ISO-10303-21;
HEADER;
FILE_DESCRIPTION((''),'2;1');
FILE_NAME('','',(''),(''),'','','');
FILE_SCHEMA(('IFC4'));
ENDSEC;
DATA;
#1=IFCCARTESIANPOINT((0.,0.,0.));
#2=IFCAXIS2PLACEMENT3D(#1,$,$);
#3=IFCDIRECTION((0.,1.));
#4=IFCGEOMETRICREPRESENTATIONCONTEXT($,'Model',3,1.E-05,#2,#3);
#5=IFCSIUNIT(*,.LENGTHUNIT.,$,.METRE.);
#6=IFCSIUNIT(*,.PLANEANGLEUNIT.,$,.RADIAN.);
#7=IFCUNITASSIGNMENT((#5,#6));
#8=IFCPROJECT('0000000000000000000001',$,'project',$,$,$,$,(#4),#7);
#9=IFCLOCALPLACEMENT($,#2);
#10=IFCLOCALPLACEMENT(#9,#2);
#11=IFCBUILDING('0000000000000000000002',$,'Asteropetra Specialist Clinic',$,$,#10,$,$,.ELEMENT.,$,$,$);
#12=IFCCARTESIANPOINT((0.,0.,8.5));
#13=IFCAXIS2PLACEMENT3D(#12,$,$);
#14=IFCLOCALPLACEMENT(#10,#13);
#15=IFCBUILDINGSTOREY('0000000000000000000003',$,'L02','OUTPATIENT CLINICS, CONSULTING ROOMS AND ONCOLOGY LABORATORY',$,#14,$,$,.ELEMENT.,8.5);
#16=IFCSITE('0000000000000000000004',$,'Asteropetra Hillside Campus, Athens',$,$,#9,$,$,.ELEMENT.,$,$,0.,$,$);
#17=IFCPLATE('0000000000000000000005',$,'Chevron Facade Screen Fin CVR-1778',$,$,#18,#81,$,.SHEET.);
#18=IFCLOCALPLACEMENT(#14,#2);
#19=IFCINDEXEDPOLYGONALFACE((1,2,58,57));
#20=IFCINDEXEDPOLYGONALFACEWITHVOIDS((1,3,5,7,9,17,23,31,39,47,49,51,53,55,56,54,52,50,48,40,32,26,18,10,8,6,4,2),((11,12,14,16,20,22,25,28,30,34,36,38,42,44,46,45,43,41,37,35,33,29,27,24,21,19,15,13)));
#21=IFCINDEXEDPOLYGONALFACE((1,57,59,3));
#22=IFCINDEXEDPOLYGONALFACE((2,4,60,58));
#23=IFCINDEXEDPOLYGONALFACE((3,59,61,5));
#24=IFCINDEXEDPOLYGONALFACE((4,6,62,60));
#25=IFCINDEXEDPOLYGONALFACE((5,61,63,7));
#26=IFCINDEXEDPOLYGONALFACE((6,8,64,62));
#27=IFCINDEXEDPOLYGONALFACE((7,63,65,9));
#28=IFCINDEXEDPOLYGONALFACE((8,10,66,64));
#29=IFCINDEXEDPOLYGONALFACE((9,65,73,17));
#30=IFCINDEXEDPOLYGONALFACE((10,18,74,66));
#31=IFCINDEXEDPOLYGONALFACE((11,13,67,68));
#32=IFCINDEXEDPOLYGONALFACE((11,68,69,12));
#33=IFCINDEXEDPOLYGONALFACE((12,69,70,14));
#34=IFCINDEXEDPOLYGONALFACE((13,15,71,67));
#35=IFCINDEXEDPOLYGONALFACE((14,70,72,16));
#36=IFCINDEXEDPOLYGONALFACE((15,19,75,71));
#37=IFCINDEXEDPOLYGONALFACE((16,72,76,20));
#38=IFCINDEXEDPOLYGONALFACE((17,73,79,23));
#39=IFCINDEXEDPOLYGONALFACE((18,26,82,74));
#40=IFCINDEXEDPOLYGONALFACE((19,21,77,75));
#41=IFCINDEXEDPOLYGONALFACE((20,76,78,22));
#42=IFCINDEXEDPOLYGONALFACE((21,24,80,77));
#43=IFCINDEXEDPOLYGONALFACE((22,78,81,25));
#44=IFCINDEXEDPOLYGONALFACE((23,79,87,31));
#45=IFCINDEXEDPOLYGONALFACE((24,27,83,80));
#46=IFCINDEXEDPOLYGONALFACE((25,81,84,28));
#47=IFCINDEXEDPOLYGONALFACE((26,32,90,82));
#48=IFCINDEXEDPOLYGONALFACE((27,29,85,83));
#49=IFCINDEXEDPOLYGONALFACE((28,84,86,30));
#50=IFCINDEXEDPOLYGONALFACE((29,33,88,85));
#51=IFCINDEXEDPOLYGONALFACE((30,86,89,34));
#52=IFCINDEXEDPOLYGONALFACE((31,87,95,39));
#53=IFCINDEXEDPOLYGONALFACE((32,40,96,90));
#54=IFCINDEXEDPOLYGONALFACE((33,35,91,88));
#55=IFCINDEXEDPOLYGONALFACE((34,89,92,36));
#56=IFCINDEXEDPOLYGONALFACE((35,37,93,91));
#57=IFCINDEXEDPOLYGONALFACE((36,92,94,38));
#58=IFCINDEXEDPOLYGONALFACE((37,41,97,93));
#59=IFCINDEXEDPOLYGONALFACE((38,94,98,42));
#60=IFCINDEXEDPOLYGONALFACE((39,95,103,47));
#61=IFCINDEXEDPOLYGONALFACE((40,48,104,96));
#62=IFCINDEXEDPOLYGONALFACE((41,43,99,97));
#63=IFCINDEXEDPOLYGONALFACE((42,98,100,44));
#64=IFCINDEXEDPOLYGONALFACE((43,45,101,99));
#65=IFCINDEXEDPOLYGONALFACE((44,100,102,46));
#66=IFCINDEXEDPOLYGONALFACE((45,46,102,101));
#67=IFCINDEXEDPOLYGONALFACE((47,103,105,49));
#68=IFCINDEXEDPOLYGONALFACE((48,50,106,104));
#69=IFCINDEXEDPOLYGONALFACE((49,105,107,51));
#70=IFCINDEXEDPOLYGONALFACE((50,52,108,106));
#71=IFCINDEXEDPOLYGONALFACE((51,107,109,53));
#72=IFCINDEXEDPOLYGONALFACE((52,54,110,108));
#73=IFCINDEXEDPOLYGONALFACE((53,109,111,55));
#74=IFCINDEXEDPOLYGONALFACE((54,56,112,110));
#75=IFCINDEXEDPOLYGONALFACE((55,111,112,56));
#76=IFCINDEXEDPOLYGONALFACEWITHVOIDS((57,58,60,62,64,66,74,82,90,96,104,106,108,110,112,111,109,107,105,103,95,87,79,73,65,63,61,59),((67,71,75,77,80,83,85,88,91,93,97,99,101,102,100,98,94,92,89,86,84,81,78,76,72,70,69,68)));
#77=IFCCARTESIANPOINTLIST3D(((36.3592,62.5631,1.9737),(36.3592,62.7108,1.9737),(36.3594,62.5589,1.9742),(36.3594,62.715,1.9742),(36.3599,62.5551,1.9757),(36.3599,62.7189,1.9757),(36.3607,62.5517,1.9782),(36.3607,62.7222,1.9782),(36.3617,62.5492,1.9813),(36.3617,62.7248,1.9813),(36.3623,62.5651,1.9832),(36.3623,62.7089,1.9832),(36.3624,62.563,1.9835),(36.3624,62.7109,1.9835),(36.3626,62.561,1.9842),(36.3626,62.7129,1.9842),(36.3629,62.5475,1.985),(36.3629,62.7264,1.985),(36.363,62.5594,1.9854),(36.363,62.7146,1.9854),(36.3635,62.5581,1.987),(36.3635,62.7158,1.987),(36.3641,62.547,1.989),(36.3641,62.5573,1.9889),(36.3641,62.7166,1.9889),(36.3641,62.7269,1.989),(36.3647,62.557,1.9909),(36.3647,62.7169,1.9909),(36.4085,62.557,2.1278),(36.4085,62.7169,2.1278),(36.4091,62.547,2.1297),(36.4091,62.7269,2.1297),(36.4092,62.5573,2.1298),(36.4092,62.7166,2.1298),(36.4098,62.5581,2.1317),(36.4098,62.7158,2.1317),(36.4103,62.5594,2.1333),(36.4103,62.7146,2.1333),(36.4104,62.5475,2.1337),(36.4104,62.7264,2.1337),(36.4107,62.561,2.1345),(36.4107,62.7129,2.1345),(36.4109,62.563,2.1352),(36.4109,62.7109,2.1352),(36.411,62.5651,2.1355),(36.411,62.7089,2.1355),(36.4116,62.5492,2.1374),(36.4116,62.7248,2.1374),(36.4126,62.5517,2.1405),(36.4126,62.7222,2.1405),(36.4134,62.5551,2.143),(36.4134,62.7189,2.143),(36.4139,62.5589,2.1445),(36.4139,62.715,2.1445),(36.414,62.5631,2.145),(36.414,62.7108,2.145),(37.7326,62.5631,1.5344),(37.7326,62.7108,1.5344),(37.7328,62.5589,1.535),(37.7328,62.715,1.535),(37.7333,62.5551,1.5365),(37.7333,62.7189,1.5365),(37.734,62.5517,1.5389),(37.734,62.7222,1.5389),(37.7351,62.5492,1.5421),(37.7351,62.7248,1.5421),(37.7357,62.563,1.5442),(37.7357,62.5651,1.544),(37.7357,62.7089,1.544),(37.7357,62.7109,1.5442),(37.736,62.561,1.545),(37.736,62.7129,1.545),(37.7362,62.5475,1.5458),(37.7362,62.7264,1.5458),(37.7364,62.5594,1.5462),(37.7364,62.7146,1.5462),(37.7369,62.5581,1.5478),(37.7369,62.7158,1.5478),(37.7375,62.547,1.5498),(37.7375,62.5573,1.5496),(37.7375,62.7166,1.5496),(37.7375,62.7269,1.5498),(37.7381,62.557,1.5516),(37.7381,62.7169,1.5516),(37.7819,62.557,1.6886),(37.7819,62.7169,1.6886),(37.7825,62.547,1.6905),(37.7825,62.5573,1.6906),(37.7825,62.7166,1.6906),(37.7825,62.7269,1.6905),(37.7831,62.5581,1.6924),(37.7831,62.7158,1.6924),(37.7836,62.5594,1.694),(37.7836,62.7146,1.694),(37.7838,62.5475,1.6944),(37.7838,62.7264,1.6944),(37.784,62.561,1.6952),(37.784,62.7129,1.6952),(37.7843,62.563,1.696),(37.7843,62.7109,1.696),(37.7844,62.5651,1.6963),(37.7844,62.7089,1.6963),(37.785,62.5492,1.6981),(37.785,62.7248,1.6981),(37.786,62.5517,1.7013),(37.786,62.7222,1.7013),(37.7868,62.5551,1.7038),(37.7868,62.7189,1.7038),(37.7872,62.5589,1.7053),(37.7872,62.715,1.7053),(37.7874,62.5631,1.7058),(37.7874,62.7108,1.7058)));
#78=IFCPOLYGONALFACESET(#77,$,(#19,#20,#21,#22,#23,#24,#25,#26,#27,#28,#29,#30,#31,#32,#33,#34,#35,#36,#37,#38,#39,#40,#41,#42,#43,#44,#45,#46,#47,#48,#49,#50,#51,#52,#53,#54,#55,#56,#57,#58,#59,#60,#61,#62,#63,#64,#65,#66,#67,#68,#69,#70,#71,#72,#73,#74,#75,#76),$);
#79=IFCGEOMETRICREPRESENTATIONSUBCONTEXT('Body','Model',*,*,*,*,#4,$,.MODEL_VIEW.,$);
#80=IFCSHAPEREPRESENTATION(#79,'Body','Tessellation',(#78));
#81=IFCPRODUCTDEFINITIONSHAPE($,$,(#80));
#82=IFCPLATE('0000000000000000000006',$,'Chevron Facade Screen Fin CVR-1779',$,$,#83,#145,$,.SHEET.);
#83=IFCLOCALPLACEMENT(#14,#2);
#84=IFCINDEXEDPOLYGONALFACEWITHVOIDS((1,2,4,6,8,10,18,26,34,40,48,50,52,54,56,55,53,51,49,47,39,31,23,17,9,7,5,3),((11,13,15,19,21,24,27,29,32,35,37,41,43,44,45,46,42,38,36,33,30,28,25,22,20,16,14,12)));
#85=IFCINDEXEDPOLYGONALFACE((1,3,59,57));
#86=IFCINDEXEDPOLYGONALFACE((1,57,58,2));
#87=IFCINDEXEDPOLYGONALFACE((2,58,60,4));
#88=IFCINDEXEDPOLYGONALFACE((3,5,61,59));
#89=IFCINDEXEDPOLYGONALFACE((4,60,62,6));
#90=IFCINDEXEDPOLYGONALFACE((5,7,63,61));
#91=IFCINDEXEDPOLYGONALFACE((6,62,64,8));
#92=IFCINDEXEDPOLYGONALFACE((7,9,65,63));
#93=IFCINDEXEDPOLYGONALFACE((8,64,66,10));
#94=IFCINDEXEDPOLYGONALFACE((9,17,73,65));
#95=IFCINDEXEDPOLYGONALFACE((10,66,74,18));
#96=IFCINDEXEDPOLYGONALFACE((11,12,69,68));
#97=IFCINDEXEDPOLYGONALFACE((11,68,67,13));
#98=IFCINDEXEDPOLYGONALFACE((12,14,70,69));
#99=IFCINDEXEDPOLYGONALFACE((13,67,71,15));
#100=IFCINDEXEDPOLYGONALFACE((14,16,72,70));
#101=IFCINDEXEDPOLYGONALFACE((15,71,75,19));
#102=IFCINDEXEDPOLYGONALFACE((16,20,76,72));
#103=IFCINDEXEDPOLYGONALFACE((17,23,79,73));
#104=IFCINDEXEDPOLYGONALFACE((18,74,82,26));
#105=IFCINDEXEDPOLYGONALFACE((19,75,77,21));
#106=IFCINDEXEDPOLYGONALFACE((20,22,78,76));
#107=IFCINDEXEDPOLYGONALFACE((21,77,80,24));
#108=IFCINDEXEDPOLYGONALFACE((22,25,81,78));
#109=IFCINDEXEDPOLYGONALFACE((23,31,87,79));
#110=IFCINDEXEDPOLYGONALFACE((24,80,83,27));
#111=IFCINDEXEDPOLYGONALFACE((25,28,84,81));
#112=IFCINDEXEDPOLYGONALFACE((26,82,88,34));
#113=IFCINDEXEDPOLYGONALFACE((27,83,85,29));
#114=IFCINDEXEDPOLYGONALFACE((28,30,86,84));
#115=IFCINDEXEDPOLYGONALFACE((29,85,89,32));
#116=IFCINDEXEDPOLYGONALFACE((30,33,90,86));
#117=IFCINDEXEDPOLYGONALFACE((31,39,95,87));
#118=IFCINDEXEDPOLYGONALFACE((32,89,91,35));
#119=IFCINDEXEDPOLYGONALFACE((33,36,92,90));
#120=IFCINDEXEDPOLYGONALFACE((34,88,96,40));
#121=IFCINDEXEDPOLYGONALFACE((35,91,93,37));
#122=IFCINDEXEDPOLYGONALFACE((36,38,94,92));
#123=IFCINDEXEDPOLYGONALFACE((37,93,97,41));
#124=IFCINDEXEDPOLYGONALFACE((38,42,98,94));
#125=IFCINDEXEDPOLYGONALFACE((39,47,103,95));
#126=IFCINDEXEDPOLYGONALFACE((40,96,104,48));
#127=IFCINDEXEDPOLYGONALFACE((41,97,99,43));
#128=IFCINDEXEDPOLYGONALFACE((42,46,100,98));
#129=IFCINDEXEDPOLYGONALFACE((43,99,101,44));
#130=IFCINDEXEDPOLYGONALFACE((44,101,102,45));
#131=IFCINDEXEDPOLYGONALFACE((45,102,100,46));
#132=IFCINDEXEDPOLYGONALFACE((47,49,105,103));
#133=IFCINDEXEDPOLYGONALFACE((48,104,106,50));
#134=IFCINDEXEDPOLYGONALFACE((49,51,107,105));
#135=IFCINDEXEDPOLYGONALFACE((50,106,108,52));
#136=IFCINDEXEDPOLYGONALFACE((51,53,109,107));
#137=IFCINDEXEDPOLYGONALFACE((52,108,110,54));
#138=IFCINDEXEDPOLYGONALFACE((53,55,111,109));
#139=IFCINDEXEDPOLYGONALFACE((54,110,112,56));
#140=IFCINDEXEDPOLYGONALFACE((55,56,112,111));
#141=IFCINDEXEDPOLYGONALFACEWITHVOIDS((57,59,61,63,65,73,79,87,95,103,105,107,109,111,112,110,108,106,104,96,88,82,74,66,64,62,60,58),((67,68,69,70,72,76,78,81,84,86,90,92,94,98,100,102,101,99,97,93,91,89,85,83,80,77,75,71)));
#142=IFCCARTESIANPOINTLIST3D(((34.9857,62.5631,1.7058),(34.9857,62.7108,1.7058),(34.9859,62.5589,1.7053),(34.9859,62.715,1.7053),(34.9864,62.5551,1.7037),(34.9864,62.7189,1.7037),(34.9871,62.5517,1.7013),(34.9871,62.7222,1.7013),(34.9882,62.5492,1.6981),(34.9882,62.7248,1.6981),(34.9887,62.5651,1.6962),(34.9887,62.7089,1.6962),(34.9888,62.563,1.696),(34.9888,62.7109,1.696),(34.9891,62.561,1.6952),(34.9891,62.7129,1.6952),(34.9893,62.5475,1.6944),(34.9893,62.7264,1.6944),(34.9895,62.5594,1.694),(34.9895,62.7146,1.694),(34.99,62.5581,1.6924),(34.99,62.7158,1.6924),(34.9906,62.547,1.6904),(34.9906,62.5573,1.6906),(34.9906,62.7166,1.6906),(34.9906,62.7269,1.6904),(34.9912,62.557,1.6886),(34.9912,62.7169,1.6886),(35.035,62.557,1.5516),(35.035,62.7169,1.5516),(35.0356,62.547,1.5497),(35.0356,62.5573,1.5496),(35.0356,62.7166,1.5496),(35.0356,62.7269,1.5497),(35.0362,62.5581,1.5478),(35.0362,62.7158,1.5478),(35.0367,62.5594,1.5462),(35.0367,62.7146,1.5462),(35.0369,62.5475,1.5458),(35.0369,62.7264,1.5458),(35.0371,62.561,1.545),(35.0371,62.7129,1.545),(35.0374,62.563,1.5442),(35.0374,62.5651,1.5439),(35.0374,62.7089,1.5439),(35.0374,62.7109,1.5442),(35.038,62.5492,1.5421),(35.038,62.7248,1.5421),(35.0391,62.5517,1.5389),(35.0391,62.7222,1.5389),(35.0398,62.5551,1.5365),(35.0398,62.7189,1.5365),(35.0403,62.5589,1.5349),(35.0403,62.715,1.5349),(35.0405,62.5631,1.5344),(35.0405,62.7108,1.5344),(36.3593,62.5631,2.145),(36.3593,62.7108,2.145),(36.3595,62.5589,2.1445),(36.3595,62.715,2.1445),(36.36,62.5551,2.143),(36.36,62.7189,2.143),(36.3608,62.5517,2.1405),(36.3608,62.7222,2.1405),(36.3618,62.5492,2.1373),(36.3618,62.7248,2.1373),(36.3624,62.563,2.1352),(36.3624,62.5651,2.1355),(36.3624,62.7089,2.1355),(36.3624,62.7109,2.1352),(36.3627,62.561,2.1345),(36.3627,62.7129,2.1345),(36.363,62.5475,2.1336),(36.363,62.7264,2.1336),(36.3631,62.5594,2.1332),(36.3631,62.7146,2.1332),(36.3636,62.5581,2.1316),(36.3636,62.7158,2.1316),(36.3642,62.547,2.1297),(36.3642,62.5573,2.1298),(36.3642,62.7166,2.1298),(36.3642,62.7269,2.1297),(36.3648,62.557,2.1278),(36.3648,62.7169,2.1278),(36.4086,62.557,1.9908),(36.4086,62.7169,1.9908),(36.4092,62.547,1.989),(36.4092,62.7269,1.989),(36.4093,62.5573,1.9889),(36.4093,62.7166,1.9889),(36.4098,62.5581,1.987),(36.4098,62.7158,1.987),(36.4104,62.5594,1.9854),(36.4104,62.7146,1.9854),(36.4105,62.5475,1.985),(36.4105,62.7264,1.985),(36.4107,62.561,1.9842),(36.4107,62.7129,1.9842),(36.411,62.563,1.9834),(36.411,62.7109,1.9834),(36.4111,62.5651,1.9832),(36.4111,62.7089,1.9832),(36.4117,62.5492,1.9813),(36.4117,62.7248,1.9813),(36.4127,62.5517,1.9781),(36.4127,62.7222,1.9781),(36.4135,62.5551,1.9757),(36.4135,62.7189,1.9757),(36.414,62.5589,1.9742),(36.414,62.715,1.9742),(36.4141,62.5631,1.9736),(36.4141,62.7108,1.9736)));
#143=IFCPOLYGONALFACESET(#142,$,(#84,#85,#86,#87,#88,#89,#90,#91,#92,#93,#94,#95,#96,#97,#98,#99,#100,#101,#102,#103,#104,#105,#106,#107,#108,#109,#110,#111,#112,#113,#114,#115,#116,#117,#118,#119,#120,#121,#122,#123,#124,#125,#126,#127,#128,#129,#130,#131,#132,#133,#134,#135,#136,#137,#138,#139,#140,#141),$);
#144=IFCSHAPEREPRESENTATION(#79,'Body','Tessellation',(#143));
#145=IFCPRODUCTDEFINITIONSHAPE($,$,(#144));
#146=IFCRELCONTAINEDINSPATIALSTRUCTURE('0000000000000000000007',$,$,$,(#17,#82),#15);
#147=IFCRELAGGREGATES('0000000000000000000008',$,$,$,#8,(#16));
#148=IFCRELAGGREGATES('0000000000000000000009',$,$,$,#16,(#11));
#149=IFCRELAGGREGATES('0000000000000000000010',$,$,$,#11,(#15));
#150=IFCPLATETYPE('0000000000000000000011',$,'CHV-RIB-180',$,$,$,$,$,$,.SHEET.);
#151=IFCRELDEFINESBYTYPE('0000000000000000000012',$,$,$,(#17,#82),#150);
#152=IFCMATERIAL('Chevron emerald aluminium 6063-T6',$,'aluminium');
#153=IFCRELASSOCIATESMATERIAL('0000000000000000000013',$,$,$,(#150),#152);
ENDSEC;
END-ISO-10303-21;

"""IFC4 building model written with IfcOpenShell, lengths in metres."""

from ifc_helpers import new_model, si_unit, direction, frame, origin, origin_2d, place, context, subcontext, project, spatial, hollow_rectangle, extrude, material, material_profile, profile_set, type_object, element, save


model = new_model("IFC4")

# Units and contexts
model_context = context("Model", 3, precision=1e-05, world=origin(), true_north=direction((0.0, 1.0)))
body_context = subcontext(model_context, "Body", "Model", "MODEL_VIEW")
ifc_project = project(units=[si_unit("LENGTHUNIT", "METRE"), si_unit("PLANEANGLEUNIT", "RADIAN")], contexts=[model_context])

# Site, building, storey
site_placement = place(None, origin())
site = spatial("IfcSite", under=ifc_project, at=site_placement, Name="Asteropetra Hillside Campus, Athens", CompositionType="ELEMENT", RefElevation=0.0)
building_placement = place(site_placement, origin())
building = spatial("IfcBuilding", under=site, at=building_placement, Name="Asteropetra Specialist Clinic", CompositionType="ELEMENT")
storey_placement = place(building_placement, frame((0.0, 0.0, 8.5)))
storey = spatial("IfcBuildingStorey", under=building, at=storey_placement, Name="L02", Description="OUTPATIENT CLINICS, CONSULTING ROOMS AND ONCOLOGY LABORATORY", CompositionType="ELEMENT", Elevation=8.5)

# Plates
ifc_material_1 = material(Name="Chevron emerald aluminium 6063-T6", Category="aluminium")
ifc_material_profile = material_profile(ifc_material_1, hollow_rectangle(XDim=0.1799, YDim=0.1799, WallThickness=0.01, InnerFilletRadius=0.0081, OuterFilletRadius=0.0161, at=origin_2d()), Name="SHS 180x180x10.0")
ifc_profile_set = profile_set([ifc_material_profile], Name="Chevron emerald aluminium 6063-T6")
plate_type_1 = type_object("IfcPlateType", Name="CHV-RIB-180", PredefinedType="SHEET", material=ifc_profile_set)
plate_1_placement = place(storey_placement, frame((37.76, 62.637, 1.6201), z_axis=(-0.952473, 0.0, 0.304622), x_axis=(0.0, -1.0, 0.0)))
element("IfcPlate", 1, at=plate_1_placement, inside=storey, type_object=plate_type_1, Name="Chevron Facade Screen Fin CVR-1778", PredefinedType="SHEET", context=body_context, shape_type="SweptSolid", body=[
    extrude(hollow_rectangle(XDim=0.1799, YDim=0.1799, WallThickness=0.01, InnerFilletRadius=0.0081, OuterFilletRadius=0.0161, at=origin_2d()), origin(), (0.0, 0.0, 1.0), 1.4419),
])
plate_2_placement = place(storey_placement, frame((36.3867, 62.637, 2.0593), z_axis=(-0.952489, 0.0, -0.304573), x_axis=(0.0, -1.0, 0.0)))
element("IfcPlate", 2, at=plate_2_placement, inside=storey, type_object=plate_type_1, Name="Chevron Facade Screen Fin CVR-1779", PredefinedType="SHEET", context=body_context, shape_type="SweptSolid", body=[
    extrude(hollow_rectangle(XDim=0.1799, YDim=0.1799, WallThickness=0.01, InnerFilletRadius=0.0081, OuterFilletRadius=0.0161, at=origin_2d()), origin(), (0.0, 0.0, 1.0), 1.4421),
])

save(model, "model.ifc")
